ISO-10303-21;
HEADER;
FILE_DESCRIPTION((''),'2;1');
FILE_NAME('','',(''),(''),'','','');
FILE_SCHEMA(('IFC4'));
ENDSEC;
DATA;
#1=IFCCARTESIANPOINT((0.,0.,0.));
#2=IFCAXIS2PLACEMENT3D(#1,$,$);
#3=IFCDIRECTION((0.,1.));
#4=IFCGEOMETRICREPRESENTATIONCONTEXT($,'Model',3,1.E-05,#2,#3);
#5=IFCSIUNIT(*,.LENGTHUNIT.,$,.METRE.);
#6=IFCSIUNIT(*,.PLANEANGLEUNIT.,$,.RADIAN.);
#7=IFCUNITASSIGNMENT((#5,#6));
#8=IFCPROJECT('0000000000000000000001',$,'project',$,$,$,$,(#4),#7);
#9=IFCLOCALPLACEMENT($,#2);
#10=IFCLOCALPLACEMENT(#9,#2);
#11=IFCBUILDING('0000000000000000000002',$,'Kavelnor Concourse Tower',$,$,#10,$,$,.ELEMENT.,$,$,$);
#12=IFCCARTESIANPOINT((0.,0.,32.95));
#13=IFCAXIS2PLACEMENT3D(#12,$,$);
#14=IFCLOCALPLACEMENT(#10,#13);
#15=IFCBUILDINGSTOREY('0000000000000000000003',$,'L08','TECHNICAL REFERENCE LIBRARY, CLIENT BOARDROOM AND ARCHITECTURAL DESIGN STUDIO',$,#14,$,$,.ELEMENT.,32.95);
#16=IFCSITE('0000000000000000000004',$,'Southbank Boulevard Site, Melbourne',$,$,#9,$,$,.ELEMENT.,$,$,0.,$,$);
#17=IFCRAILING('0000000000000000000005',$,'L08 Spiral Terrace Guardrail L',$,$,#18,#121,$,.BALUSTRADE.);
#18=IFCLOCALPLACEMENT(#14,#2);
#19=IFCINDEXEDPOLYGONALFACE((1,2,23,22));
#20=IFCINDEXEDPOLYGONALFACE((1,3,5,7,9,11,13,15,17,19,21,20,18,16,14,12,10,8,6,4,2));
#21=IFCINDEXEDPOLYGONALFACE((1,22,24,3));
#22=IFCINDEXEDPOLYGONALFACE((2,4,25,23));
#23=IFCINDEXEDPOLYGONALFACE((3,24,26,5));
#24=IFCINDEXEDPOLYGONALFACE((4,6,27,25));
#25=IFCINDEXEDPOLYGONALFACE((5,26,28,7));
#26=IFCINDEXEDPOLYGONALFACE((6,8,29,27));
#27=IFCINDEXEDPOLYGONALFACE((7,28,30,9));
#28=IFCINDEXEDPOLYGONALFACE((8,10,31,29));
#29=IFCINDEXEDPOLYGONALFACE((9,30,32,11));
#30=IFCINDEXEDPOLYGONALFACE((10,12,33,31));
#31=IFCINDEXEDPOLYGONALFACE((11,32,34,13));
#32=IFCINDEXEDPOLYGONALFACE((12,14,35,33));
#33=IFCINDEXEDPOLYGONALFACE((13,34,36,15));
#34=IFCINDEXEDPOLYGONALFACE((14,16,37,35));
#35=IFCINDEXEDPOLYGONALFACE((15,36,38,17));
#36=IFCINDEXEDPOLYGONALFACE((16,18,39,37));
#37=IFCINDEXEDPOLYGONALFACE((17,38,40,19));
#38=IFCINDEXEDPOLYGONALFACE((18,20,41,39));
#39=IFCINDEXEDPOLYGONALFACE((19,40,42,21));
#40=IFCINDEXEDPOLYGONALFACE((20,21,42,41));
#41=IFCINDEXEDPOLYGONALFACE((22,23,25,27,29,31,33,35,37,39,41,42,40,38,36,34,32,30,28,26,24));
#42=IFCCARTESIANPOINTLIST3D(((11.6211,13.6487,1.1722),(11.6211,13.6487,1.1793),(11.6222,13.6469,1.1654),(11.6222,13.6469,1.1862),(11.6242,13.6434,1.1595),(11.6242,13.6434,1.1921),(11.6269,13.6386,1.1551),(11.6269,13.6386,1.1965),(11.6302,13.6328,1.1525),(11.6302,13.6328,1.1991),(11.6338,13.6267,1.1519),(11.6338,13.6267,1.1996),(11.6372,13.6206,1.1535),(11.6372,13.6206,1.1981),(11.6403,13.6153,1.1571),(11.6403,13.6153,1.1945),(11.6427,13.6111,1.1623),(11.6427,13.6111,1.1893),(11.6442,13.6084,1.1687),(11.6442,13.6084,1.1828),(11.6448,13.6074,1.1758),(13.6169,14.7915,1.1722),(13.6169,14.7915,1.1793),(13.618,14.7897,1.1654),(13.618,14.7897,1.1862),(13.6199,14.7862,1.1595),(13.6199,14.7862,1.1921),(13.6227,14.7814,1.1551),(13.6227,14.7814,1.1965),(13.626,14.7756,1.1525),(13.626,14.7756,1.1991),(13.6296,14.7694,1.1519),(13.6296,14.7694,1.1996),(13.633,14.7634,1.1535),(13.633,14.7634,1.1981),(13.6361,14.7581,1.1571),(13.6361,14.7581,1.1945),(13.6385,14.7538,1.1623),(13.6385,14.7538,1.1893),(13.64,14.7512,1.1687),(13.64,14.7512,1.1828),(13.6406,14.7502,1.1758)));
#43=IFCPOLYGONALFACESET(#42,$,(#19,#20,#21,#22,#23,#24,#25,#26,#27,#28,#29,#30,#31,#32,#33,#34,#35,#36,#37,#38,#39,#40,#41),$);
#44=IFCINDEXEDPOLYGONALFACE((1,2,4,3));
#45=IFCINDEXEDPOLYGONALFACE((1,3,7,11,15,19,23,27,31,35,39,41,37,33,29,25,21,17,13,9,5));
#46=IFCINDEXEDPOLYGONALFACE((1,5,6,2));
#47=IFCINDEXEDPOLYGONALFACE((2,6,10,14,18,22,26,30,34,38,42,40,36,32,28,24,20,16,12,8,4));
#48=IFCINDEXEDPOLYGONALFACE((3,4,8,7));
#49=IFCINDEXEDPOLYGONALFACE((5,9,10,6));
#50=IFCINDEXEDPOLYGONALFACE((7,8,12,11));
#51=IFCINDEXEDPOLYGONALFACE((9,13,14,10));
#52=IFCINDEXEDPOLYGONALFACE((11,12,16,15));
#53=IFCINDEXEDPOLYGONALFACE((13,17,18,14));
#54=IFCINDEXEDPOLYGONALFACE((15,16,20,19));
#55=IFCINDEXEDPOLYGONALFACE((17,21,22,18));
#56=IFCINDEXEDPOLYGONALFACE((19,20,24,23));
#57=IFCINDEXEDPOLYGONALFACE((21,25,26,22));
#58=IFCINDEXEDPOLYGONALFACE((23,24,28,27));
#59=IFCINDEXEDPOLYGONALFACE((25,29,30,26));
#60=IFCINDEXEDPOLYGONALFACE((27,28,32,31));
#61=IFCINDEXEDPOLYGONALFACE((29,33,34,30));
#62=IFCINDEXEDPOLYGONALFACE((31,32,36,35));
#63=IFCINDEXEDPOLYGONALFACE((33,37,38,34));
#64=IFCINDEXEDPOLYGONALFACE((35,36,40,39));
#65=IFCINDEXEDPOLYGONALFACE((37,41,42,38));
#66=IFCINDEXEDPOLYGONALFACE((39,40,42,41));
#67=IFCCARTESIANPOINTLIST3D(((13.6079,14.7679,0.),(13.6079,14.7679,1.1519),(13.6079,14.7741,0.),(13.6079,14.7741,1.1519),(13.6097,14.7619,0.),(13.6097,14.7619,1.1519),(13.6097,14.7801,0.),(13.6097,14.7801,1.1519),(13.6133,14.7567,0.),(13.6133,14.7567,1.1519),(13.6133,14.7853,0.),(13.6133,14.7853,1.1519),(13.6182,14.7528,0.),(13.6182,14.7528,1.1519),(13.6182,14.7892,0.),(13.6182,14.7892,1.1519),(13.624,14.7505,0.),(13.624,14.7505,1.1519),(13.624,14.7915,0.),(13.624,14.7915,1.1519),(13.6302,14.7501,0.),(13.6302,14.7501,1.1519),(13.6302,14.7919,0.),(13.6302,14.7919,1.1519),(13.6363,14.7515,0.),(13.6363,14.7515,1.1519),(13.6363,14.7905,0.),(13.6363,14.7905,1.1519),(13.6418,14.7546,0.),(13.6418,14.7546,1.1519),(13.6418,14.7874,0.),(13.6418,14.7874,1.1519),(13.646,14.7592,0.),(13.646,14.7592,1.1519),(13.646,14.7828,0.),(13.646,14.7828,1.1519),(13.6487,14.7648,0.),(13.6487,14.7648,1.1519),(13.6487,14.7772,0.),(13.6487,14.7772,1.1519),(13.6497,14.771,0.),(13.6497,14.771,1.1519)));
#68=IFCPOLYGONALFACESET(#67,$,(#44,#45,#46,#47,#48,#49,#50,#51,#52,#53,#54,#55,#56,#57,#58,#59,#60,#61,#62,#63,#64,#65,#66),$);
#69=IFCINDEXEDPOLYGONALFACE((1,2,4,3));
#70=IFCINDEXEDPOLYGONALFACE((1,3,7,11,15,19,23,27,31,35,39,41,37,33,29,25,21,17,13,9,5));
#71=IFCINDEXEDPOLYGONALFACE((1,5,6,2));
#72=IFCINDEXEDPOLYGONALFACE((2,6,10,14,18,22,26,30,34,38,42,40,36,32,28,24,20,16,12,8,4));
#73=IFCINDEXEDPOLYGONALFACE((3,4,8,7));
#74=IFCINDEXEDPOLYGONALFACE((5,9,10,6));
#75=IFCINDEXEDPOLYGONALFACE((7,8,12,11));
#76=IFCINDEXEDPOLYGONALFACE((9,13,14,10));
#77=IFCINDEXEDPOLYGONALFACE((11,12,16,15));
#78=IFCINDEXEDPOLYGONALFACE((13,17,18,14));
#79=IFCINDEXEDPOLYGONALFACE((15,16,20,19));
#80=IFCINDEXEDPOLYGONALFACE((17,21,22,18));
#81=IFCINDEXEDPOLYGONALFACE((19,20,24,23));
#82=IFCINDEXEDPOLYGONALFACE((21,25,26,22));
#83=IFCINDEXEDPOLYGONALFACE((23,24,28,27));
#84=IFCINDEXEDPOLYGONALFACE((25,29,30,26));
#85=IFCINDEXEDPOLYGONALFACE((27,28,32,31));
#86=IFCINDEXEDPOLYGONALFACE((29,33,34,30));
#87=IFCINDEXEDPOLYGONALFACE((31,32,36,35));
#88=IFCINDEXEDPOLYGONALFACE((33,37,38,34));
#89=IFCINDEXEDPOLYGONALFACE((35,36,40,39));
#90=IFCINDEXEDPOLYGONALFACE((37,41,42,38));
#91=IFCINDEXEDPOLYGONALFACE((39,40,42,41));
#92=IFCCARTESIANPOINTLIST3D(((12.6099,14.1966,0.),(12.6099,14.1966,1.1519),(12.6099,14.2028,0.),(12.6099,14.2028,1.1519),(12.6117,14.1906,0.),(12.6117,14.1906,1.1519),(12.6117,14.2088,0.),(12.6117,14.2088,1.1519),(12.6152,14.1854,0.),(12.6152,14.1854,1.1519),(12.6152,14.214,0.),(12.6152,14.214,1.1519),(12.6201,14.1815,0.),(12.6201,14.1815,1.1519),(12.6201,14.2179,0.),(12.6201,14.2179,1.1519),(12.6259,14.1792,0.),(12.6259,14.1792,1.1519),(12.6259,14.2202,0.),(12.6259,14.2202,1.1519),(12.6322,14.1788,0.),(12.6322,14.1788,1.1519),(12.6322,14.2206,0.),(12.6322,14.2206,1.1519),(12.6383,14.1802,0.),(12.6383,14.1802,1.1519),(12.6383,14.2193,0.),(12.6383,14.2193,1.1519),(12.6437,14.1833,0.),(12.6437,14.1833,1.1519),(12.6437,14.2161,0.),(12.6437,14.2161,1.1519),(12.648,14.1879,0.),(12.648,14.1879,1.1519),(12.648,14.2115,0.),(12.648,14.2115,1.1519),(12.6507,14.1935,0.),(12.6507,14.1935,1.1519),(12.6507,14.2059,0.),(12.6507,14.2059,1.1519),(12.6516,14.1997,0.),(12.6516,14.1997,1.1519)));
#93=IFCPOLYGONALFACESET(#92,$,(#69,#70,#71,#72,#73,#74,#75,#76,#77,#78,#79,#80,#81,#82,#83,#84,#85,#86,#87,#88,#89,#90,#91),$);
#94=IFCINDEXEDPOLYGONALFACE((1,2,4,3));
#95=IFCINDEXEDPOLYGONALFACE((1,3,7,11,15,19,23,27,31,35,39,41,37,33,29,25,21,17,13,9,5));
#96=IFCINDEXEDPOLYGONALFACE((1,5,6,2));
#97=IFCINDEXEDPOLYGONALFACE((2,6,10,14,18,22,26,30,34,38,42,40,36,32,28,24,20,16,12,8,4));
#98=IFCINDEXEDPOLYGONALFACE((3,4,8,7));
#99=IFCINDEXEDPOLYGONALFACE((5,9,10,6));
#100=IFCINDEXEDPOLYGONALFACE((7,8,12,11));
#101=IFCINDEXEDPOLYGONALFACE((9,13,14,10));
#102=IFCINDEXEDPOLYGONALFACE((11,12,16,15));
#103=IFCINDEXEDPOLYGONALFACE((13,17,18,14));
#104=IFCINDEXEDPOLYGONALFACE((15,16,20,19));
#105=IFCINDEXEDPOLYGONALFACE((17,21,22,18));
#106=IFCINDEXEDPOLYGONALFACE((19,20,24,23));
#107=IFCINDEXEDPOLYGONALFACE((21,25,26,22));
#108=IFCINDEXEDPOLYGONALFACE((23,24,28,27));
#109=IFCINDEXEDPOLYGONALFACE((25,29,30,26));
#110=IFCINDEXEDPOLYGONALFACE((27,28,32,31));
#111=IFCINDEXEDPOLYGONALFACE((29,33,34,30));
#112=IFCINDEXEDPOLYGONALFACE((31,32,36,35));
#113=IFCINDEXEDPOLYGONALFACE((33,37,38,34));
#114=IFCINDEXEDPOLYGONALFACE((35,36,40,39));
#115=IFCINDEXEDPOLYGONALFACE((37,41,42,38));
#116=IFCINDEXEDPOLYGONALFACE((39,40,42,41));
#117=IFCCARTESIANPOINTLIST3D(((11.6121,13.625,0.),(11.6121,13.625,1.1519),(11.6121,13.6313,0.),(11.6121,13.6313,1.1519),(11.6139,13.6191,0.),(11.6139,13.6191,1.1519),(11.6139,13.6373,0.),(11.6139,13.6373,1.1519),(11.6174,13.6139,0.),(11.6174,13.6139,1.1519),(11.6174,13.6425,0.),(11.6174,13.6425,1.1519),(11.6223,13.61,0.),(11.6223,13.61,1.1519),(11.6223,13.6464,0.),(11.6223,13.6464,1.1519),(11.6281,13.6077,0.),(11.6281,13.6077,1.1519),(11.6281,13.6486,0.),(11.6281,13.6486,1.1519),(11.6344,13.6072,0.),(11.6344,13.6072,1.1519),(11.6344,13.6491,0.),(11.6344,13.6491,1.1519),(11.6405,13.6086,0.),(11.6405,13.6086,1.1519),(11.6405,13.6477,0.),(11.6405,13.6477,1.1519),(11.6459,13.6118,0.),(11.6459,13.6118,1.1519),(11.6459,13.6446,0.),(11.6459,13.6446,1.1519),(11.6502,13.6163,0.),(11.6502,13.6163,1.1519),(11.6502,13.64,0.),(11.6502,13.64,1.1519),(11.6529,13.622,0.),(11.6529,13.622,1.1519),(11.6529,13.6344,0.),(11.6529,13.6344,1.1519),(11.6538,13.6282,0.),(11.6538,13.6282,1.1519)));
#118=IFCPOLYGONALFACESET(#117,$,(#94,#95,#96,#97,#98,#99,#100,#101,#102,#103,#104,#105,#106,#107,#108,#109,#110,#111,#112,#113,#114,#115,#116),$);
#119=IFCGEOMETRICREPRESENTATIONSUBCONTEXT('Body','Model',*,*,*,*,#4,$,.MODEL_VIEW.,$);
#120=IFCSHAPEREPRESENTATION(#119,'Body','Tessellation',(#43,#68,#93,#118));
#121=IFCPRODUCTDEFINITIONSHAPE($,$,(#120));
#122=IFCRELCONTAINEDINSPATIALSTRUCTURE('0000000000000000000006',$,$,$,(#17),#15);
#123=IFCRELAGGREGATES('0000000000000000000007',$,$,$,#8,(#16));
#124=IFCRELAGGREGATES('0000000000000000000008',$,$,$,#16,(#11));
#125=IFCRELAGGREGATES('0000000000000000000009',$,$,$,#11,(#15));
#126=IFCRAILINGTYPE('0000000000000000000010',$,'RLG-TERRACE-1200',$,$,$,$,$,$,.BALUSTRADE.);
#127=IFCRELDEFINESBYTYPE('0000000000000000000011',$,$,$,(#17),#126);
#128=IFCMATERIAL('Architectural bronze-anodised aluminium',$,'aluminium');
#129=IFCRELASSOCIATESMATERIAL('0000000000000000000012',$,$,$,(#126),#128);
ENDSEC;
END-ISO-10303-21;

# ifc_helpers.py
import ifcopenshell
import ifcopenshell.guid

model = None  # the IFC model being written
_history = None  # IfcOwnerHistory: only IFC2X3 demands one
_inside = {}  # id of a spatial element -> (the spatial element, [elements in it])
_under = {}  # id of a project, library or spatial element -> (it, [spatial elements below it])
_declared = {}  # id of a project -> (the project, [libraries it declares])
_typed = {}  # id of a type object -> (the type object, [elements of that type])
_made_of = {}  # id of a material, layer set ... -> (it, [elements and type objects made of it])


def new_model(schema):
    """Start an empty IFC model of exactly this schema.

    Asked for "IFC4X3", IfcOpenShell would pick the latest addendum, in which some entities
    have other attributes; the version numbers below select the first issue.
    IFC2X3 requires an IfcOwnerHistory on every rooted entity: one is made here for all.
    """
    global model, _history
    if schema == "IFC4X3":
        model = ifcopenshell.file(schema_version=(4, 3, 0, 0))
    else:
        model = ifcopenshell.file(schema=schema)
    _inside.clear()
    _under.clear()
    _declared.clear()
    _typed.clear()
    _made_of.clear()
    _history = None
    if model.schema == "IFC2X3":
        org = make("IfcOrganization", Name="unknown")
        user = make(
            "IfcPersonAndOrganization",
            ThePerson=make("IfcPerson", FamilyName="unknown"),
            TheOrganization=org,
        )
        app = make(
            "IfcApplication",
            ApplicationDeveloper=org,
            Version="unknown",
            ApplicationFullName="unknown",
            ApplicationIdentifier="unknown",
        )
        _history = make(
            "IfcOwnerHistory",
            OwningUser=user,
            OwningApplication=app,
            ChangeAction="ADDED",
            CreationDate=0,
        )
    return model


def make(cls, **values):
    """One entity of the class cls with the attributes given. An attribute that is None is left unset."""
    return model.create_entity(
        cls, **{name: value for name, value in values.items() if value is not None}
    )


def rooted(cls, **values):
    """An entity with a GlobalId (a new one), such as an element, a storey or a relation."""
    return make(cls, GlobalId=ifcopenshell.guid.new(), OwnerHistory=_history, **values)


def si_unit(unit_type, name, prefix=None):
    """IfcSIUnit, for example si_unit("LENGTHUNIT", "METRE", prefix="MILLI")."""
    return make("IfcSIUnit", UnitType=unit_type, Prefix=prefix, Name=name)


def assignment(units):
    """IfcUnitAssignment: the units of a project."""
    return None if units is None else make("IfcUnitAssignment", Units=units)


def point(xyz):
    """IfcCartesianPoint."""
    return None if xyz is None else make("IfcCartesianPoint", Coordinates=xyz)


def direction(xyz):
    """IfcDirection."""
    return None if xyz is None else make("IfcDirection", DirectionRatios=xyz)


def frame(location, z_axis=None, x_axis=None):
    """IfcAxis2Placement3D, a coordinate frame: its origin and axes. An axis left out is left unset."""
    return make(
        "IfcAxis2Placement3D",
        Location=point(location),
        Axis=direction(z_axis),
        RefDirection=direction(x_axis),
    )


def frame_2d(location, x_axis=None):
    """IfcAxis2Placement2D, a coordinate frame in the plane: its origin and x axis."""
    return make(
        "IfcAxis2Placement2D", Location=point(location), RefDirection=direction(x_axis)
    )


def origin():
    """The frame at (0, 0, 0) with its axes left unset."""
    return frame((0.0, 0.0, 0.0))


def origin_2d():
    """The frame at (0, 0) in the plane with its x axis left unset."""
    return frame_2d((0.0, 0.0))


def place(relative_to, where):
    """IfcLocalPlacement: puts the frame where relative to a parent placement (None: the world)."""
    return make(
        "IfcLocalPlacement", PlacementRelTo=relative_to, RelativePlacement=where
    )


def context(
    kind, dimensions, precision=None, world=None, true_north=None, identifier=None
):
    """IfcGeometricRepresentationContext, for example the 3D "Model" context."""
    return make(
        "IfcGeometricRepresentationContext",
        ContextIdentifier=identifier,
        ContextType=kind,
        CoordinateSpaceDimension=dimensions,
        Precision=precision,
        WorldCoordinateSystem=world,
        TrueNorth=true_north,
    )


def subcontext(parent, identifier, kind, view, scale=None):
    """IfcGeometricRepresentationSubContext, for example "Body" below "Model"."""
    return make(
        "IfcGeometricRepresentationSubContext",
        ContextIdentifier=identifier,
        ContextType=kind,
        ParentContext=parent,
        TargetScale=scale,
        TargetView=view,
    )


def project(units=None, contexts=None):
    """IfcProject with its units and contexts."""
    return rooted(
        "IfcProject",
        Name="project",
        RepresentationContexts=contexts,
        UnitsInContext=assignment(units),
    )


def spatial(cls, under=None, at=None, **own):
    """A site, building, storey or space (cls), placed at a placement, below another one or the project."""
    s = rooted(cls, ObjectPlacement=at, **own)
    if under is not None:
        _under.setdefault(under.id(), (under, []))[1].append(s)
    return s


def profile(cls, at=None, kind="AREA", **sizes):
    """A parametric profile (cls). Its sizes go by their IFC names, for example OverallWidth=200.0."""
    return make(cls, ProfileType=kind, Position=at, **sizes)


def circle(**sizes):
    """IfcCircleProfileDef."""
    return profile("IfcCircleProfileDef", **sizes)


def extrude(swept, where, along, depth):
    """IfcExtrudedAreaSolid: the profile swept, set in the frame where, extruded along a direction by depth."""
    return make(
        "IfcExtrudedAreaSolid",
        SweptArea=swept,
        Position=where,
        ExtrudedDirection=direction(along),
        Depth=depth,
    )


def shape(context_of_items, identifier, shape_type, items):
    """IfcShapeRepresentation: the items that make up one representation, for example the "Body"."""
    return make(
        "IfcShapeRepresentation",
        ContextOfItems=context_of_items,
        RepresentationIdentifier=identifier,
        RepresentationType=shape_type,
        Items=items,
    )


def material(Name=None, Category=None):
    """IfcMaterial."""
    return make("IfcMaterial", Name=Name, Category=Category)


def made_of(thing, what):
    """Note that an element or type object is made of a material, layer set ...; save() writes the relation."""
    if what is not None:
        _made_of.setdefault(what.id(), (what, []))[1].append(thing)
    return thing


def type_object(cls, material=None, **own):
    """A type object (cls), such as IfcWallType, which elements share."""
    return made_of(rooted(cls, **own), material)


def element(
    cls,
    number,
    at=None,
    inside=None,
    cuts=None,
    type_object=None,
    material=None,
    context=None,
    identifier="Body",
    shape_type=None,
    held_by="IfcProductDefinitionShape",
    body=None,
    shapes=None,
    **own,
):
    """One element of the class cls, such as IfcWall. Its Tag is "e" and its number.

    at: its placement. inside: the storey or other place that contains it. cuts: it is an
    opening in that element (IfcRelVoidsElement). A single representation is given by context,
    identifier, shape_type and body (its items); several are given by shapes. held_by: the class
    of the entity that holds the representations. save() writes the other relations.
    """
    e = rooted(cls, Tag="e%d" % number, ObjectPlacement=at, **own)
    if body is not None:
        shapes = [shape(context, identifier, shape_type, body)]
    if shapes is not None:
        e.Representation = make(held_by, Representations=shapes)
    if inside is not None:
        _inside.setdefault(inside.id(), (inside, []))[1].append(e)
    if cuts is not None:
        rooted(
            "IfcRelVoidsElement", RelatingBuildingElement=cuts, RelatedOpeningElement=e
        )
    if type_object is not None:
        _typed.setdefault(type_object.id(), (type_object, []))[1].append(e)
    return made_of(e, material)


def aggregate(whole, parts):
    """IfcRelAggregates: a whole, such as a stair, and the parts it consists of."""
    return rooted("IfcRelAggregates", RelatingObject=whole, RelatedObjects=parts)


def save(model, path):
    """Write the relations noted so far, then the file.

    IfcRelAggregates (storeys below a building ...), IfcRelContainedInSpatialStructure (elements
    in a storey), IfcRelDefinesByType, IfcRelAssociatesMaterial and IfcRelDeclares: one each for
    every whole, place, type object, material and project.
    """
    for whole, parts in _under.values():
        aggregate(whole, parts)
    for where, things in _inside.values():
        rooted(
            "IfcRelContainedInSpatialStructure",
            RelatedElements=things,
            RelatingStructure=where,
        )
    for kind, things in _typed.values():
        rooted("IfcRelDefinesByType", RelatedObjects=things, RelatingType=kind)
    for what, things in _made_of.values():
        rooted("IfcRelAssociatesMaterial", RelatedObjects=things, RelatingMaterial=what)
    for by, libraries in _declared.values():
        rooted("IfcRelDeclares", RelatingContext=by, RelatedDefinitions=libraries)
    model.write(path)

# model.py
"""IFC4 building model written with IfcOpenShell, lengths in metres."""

from ifc_helpers import new_model, si_unit, direction, frame, origin, origin_2d, place, context, subcontext, project, spatial, circle, extrude, material, type_object, element, save


model = new_model("IFC4")

# Units and contexts
model_context = context("Model", 3, precision=1e-05, world=origin(), true_north=direction((0.0, 1.0)))
body_context = subcontext(model_context, "Body", "Model", "MODEL_VIEW")
ifc_project = project(units=[si_unit("LENGTHUNIT", "METRE"), si_unit("PLANEANGLEUNIT", "RADIAN")], contexts=[model_context])

# Site, building, storey
site_placement = place(None, origin())
site = spatial("IfcSite", under=ifc_project, at=site_placement, Name="Southbank Boulevard Site, Melbourne", CompositionType="ELEMENT", RefElevation=0.0)
building_placement = place(site_placement, origin())
building = spatial("IfcBuilding", under=site, at=building_placement, Name="Kavelnor Concourse Tower", CompositionType="ELEMENT")
storey_placement = place(building_placement, frame((0.0, 0.0, 32.95)))
storey = spatial("IfcBuildingStorey", under=building, at=storey_placement, Name="L08", Description="TECHNICAL REFERENCE LIBRARY, CLIENT BOARDROOM AND ARCHITECTURAL DESIGN STUDIO", CompositionType="ELEMENT", Elevation=32.95)

# Railing
ifc_material_1 = material(Name="Architectural bronze-anodised aluminium", Category="aluminium")
railing_type = type_object("IfcRailingType", Name="RLG-TERRACE-1200", PredefinedType="BALUSTRADE", material=ifc_material_1)
railing_1_placement = place(storey_placement, frame((13.6287, 14.771, 0.0)))
element("IfcRailing", 1, at=railing_1_placement, inside=storey, type_object=railing_type, Name="L08 Spiral Terrace Guardrail L", PredefinedType="BALUSTRADE", context=body_context, shape_type="SweptSolid", body=[
    extrude(circle(Radius=0.0239, at=origin_2d()), frame((0.0, 0.0, 1.1758), z_axis=(-0.867805, -0.496905, 0.0), x_axis=(0.496905, -0.867805, 0.0)), (0.0, 0.0, 1.0), 2.2998),
    extrude(circle(Radius=0.021, at=origin_2d()), origin(), (0.0, 0.0, 1.0), 1.1519),
    extrude(circle(Radius=0.021, at=origin_2d()), frame((-0.998, -0.5713, 0.0)), (0.0, 0.0, 1.0), 1.1519),
    extrude(circle(Radius=0.021, at=origin_2d()), frame((-1.9958, -1.1428, 0.0)), (0.0, 0.0, 1.0), 1.1519),
])

save(model, "model.ifc")
